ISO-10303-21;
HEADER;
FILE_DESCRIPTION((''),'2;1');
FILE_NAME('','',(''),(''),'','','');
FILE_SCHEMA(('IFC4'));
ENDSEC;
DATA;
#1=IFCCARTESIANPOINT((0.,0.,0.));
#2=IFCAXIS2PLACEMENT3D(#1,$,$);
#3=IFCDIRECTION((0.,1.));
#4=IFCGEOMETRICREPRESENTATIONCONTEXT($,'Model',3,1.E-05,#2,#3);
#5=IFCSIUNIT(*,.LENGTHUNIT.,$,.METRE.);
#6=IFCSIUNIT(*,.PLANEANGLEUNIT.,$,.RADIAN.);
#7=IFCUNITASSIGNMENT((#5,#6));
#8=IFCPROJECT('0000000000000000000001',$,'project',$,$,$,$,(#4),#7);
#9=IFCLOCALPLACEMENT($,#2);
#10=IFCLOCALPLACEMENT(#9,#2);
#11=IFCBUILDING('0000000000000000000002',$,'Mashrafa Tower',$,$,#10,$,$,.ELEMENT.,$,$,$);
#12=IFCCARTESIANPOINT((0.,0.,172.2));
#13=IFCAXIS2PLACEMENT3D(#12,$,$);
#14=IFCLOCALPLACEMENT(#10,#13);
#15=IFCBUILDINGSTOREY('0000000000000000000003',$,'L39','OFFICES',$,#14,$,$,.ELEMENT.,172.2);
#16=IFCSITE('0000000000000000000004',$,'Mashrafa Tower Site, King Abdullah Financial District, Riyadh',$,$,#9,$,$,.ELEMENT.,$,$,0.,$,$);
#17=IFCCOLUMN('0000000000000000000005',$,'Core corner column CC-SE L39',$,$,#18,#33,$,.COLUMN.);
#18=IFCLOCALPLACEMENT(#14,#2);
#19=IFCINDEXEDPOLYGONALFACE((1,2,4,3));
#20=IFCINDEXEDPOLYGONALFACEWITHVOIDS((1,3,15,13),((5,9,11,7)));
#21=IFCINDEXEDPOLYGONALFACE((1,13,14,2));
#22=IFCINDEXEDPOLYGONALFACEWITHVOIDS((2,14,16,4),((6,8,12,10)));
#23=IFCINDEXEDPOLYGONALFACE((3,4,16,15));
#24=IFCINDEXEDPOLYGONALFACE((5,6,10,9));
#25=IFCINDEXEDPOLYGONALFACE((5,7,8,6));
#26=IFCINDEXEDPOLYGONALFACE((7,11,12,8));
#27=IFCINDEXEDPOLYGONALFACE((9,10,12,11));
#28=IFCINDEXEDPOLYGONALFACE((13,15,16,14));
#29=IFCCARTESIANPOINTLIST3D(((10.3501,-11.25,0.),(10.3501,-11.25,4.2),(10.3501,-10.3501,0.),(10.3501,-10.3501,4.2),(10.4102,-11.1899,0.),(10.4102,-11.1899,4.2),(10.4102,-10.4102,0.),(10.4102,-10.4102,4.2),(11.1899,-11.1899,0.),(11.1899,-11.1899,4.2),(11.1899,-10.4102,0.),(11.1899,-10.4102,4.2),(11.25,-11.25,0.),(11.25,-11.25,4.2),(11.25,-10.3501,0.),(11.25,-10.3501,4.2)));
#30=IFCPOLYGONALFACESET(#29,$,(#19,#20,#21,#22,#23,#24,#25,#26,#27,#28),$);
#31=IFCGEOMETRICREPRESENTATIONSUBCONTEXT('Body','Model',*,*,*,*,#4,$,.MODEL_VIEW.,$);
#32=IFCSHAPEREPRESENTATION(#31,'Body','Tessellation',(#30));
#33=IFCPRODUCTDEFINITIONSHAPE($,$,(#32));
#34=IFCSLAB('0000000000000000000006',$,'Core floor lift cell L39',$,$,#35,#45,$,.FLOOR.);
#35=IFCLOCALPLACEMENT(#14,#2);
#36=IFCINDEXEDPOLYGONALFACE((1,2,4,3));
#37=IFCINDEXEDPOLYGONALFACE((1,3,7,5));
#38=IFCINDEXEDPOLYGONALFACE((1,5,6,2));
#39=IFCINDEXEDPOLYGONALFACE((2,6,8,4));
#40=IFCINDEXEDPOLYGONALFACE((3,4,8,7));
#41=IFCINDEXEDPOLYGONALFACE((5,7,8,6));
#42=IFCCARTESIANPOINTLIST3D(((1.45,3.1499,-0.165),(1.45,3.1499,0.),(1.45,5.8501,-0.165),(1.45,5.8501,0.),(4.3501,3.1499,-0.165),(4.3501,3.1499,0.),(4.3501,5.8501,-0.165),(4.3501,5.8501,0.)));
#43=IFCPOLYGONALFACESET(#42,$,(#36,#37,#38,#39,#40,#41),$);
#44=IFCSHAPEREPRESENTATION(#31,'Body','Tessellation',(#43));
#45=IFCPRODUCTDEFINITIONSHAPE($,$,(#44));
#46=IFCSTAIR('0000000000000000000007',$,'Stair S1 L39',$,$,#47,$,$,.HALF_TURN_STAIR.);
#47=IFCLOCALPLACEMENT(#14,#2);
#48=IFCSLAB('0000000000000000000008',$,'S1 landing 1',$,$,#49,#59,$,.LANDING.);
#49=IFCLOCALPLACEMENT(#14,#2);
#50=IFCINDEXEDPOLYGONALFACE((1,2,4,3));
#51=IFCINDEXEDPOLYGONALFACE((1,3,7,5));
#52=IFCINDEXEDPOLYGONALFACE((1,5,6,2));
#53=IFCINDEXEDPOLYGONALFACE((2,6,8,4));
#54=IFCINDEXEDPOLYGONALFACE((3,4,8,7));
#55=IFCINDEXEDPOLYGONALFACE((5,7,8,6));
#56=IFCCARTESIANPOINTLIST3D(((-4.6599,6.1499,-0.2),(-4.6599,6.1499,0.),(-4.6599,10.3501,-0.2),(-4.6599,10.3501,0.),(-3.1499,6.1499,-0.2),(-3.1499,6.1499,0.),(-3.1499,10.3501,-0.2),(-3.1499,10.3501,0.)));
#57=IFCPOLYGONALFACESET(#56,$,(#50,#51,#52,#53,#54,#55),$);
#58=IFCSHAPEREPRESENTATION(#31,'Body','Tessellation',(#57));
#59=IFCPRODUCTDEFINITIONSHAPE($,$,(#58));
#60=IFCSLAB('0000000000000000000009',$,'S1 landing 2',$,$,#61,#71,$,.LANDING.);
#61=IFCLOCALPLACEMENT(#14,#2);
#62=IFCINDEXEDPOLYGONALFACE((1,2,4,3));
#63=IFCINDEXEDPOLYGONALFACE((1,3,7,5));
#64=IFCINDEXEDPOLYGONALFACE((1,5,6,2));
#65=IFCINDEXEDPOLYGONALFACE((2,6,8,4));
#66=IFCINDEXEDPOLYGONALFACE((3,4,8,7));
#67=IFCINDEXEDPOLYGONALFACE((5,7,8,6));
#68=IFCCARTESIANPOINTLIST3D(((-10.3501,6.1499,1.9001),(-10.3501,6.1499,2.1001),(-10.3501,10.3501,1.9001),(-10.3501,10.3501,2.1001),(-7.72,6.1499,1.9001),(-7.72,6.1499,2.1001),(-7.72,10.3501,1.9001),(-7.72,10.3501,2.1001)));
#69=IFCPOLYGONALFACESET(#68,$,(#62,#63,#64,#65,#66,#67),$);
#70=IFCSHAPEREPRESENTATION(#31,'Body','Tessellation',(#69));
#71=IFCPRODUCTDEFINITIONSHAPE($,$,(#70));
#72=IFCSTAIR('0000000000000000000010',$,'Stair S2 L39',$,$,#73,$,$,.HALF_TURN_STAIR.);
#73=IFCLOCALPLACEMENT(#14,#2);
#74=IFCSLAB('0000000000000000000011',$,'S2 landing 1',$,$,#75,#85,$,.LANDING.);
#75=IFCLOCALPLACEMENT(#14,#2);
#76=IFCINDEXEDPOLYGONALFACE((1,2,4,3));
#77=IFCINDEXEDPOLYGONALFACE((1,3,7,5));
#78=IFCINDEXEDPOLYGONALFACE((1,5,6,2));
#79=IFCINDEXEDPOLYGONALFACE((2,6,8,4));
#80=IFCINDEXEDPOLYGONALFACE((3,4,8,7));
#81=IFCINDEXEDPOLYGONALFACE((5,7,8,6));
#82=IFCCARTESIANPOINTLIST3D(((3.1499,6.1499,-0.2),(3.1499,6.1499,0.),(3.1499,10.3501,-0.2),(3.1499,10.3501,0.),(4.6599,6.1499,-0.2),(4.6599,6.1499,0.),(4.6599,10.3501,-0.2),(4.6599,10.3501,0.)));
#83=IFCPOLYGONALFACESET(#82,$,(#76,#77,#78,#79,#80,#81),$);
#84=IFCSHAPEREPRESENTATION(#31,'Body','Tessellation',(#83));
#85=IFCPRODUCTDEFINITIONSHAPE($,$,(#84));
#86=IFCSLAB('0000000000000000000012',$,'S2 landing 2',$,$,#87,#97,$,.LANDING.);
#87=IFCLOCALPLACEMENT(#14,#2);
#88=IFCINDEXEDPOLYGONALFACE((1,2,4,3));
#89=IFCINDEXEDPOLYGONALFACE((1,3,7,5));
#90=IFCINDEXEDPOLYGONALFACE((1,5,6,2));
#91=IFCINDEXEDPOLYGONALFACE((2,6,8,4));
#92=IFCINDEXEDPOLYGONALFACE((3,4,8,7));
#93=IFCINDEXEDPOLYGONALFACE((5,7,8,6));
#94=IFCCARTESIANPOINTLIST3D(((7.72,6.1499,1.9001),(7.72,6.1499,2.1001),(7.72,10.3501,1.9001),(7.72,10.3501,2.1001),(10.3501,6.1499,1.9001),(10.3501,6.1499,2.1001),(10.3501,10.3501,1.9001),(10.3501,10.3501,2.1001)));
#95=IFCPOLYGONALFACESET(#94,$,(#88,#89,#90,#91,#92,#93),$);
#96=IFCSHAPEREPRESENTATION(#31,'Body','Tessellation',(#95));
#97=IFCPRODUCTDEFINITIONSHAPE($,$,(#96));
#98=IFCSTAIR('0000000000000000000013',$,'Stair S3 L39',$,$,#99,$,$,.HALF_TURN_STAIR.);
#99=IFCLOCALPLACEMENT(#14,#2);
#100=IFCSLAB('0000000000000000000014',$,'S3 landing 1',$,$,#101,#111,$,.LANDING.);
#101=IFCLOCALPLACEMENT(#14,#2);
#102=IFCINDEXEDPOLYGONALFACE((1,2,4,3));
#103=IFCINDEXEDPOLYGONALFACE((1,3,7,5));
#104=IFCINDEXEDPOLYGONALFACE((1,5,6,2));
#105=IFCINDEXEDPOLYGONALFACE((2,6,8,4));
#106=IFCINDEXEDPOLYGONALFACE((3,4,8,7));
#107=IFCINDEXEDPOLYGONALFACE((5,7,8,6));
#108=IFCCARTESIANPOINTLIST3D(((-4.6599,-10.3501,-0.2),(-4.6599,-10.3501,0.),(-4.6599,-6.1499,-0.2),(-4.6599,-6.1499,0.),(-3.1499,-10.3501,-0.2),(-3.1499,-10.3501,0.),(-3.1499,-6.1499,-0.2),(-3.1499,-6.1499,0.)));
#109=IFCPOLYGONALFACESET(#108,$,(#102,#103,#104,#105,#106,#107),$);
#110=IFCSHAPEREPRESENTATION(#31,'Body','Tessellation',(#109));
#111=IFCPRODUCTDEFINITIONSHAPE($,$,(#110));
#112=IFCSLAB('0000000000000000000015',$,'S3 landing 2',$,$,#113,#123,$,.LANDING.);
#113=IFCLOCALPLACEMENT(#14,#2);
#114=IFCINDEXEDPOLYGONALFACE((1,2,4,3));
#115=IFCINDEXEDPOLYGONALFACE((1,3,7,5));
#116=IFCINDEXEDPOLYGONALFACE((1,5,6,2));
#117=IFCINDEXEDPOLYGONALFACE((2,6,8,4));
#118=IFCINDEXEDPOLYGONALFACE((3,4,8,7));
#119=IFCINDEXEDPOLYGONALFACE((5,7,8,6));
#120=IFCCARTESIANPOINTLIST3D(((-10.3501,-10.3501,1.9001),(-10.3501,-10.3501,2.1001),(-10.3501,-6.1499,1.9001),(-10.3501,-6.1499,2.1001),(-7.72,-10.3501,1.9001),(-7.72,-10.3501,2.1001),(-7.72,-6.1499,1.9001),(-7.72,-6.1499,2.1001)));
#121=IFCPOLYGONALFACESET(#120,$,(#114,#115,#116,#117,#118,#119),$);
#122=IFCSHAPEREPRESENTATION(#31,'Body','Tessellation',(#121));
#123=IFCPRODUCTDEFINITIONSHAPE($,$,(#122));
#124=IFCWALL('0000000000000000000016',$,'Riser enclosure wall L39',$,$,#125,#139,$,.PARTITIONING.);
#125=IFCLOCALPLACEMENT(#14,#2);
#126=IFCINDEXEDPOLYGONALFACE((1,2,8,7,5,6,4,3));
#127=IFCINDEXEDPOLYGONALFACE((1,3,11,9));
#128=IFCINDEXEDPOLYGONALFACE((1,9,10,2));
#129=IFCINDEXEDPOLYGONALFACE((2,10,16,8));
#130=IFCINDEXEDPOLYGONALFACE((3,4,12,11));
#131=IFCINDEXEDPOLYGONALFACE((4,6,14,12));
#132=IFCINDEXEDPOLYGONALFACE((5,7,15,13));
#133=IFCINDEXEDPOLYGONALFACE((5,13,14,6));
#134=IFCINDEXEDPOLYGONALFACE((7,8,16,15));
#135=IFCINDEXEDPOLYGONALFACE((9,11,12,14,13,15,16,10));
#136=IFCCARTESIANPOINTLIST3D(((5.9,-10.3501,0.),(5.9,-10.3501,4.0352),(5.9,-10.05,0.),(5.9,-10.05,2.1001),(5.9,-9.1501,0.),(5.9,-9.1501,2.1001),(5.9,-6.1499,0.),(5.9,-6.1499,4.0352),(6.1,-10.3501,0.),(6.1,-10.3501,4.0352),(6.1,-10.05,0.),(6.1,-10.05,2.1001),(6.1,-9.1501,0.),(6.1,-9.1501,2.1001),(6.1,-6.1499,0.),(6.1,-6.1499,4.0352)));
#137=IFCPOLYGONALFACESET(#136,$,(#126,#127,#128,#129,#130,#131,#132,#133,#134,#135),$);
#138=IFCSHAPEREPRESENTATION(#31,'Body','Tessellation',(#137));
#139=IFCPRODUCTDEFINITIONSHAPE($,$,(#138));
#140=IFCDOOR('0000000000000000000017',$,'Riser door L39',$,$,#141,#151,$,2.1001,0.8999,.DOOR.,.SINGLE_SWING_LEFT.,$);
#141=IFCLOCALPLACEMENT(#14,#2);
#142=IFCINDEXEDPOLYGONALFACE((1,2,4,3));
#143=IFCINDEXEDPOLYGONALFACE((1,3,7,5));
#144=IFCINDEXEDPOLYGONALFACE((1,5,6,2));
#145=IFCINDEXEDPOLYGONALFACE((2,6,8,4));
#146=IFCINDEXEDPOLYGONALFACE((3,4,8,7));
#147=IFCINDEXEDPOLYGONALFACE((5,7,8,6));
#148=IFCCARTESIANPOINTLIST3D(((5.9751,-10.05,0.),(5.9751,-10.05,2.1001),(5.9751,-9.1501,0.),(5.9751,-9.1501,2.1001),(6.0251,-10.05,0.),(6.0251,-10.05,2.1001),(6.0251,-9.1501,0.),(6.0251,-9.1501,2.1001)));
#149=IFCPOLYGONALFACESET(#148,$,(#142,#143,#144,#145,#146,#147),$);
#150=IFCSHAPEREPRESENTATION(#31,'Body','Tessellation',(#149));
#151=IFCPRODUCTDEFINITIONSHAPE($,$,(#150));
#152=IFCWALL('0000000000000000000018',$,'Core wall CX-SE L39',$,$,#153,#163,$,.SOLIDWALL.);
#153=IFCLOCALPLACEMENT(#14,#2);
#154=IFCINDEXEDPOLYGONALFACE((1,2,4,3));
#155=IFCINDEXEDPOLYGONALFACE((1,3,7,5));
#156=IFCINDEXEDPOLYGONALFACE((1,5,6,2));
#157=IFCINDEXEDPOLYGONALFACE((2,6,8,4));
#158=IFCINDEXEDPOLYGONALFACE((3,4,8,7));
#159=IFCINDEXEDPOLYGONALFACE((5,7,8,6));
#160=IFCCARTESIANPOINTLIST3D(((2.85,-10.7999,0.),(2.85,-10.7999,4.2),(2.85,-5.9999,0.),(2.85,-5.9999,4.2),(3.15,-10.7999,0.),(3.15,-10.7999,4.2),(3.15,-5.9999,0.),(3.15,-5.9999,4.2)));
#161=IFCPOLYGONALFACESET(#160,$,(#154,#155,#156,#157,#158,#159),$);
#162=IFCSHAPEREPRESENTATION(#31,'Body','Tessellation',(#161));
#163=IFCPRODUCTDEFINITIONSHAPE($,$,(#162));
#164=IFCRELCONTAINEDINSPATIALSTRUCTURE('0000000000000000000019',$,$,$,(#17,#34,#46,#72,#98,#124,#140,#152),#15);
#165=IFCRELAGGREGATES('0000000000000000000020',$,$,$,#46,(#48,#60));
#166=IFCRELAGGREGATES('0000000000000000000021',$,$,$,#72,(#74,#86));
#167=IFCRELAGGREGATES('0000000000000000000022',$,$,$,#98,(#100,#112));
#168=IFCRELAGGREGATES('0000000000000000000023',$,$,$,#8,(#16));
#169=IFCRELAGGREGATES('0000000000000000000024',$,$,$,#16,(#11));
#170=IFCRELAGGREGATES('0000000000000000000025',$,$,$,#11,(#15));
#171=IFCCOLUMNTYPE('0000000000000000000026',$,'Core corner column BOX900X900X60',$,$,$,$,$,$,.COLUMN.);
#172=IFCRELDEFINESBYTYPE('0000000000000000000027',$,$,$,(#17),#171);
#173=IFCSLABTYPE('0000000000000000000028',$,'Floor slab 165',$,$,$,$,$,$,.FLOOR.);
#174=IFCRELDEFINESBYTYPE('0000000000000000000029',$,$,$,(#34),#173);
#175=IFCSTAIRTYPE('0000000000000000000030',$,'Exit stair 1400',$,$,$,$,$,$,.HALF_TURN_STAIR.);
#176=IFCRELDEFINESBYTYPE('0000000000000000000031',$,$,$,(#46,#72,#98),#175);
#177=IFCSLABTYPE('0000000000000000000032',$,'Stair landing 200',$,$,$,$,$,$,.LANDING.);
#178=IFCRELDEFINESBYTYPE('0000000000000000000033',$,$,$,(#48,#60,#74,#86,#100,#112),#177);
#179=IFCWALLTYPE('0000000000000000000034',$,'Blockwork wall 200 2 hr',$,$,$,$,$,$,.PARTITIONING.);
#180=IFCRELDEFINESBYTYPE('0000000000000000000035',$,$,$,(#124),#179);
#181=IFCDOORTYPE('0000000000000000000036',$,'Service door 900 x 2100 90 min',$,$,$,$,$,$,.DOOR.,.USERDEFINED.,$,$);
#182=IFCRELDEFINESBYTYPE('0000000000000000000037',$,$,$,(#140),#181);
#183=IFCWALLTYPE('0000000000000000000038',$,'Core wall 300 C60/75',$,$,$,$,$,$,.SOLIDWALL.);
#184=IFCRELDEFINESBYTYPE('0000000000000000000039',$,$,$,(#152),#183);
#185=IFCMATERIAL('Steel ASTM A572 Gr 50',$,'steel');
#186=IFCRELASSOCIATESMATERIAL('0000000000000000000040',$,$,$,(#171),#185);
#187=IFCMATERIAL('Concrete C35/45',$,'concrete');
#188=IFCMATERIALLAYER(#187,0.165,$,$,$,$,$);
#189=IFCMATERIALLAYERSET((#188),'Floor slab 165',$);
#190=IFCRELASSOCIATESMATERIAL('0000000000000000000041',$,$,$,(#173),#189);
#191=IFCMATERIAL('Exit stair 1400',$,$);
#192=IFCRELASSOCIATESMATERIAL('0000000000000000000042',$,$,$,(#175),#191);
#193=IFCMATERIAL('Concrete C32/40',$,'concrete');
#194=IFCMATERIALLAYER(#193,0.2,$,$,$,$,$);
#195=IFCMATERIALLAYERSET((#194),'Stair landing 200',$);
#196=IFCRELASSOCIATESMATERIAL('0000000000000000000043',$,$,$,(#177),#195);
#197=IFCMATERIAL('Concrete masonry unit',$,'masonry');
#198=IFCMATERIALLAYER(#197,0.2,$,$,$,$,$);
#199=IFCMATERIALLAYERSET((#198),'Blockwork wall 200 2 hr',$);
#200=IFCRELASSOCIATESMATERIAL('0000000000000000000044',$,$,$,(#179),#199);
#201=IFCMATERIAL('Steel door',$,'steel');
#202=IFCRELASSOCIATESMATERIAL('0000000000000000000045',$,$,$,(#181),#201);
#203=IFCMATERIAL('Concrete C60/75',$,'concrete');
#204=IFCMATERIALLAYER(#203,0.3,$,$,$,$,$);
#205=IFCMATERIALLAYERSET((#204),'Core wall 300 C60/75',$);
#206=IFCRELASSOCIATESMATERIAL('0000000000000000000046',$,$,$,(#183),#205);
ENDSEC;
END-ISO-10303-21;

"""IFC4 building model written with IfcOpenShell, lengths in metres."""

from ifc_helpers import new_model, si_unit, direction, frame, frame_2d, origin, origin_2d, place, context, subcontext, project, spatial, polyline, rectangle, hollow_rectangle, outline, extrude, material, layer, layer_set, material_profile, profile_set, type_object, element, fill, aggregate, save


model = new_model("IFC4")

# Units and contexts
model_context = context("Model", 3, precision=1e-05, world=origin(), true_north=direction((0.0, 1.0)))
body_context = subcontext(model_context, "Body", "Model", "MODEL_VIEW")
ifc_project = project(units=[si_unit("LENGTHUNIT", "METRE"), si_unit("PLANEANGLEUNIT", "RADIAN")], contexts=[model_context])

# Site, building, storey
site_placement = place(None, origin())
site = spatial("IfcSite", under=ifc_project, at=site_placement, Name="Mashrafa Tower Site, King Abdullah Financial District, Riyadh", CompositionType="ELEMENT", RefElevation=0.0)
building_placement = place(site_placement, origin())
building = spatial("IfcBuilding", under=site, at=building_placement, Name="Mashrafa Tower", CompositionType="ELEMENT")
storey_placement = place(building_placement, frame((0.0, 0.0, 172.2)))
storey = spatial("IfcBuildingStorey", under=building, at=storey_placement, Name="L39", Description="OFFICES", CompositionType="ELEMENT", Elevation=172.2)

# Column
ifc_material_1 = material(Name="Steel ASTM A572 Gr 50", Category="steel")
ifc_material_profile = material_profile(ifc_material_1, hollow_rectangle(XDim=0.8999, YDim=0.8999, WallThickness=0.0601, at=origin_2d()), Name="BOX900X900X60")
ifc_profile_set = profile_set([ifc_material_profile], Name="Steel ASTM A572 Gr 50")
column_type = type_object("IfcColumnType", Name="Core corner column BOX900X900X60", PredefinedType="COLUMN", material=ifc_profile_set)
column_placement = place(storey_placement, frame((10.8, -10.8, 0.0), z_axis=(0.0, 0.0, 1.0), x_axis=(1.0, 0.0, 0.0)))
element("IfcColumn", 1, at=column_placement, inside=storey, type_object=column_type, Name="Core corner column CC-SE L39", PredefinedType="COLUMN", context=body_context, shape_type="SweptSolid", body=[
    extrude(hollow_rectangle(XDim=0.8999, YDim=0.8999, WallThickness=0.0601, at=origin_2d()), origin(), (0.0, 0.0, 1.0), 4.2),
])

# Slab
ifc_material_2 = material(Name="Concrete C35/45", Category="concrete")
ifc_layer_1 = layer(ifc_material_2, 0.165)
ifc_layer_set_1 = layer_set([ifc_layer_1], Name="Floor slab 165")
slab_type_1 = type_object("IfcSlabType", Name="Floor slab 165", PredefinedType="FLOOR", material=ifc_layer_set_1)
slab_1_placement = place(storey_placement, frame((0.0, 0.0, -0.165)))
element("IfcSlab", 2, at=slab_1_placement, inside=storey, type_object=slab_type_1, Name="Core floor lift cell L39", PredefinedType="FLOOR", context=body_context, shape_type="SweptSolid", body=[
    extrude(outline(polyline([(4.3501, 5.8501), (4.3501, 3.1499), (1.45, 3.1499), (1.45, 5.8501), (4.3501, 5.8501)])), origin(), (0.0, 0.0, 1.0), 0.165),
])

# Stairs, slabs
ifc_material_3 = material(Name="Exit stair 1400")
stair_type = type_object("IfcStairType", Name="Exit stair 1400", PredefinedType="HALF_TURN_STAIR", material=ifc_material_3)
stair_1_placement = place(storey_placement, origin())
stair_1 = element("IfcStair", 3, at=stair_1_placement, inside=storey, type_object=stair_type, Name="Stair S1 L39", PredefinedType="HALF_TURN_STAIR")
ifc_material_4 = material(Name="Concrete C32/40", Category="concrete")
ifc_layer_2 = layer(ifc_material_4, 0.2)
ifc_layer_set_2 = layer_set([ifc_layer_2], Name="Stair landing 200")
slab_type_2 = type_object("IfcSlabType", Name="Stair landing 200", PredefinedType="LANDING", material=ifc_layer_set_2)
slab_2_placement = place(storey_placement, frame((0.0, 0.0, -0.2)))
slab_2 = element("IfcSlab", 4, at=slab_2_placement, type_object=slab_type_2, Name="S1 landing 1", PredefinedType="LANDING", context=body_context, shape_type="SweptSolid", body=[
    extrude(outline(polyline([(-4.6599, 6.1499), (-3.1499, 6.1499), (-3.1499, 10.3501), (-4.6599, 10.3501), (-4.6599, 6.1499)])), origin(), (0.0, 0.0, 1.0), 0.2),
])
slab_3_placement = place(storey_placement, frame((0.0, 0.0, 1.9001)))
slab_3 = element("IfcSlab", 5, at=slab_3_placement, type_object=slab_type_2, Name="S1 landing 2", PredefinedType="LANDING", context=body_context, shape_type="SweptSolid", body=[
    extrude(outline(polyline([(-10.3501, 6.1499), (-7.72, 6.1499), (-7.72, 10.3501), (-10.3501, 10.3501), (-10.3501, 6.1499)])), origin(), (0.0, 0.0, 1.0), 0.2),
])
aggregate(stair_1, [slab_2, slab_3])
stair_2_placement = place(storey_placement, origin())
stair_2 = element("IfcStair", 6, at=stair_2_placement, inside=storey, type_object=stair_type, Name="Stair S2 L39", PredefinedType="HALF_TURN_STAIR")
slab_4_placement = place(storey_placement, frame((0.0, 0.0, -0.2)))
slab_4 = element("IfcSlab", 7, at=slab_4_placement, type_object=slab_type_2, Name="S2 landing 1", PredefinedType="LANDING", context=body_context, shape_type="SweptSolid", body=[
    extrude(outline(polyline([(3.1499, 6.1499), (4.6599, 6.1499), (4.6599, 10.3501), (3.1499, 10.3501), (3.1499, 6.1499)])), origin(), (0.0, 0.0, 1.0), 0.2),
])
slab_5_placement = place(storey_placement, frame((0.0, 0.0, 1.9001)))
slab_5 = element("IfcSlab", 8, at=slab_5_placement, type_object=slab_type_2, Name="S2 landing 2", PredefinedType="LANDING", context=body_context, shape_type="SweptSolid", body=[
    extrude(outline(polyline([(7.72, 6.1499), (10.3501, 6.1499), (10.3501, 10.3501), (7.72, 10.3501), (7.72, 6.1499)])), origin(), (0.0, 0.0, 1.0), 0.2),
])
aggregate(stair_2, [slab_4, slab_5])
stair_3_placement = place(storey_placement, origin())
stair_3 = element("IfcStair", 9, at=stair_3_placement, inside=storey, type_object=stair_type, Name="Stair S3 L39", PredefinedType="HALF_TURN_STAIR")
slab_6_placement = place(storey_placement, frame((0.0, 0.0, -0.2)))
slab_6 = element("IfcSlab", 10, at=slab_6_placement, type_object=slab_type_2, Name="S3 landing 1", PredefinedType="LANDING", context=body_context, shape_type="SweptSolid", body=[
    extrude(outline(polyline([(-4.6599, -10.3501), (-3.1499, -10.3501), (-3.1499, -6.1499), (-4.6599, -6.1499), (-4.6599, -10.3501)])), origin(), (0.0, 0.0, 1.0), 0.2),
])
slab_7_placement = place(storey_placement, frame((0.0, 0.0, 1.9001)))
slab_7 = element("IfcSlab", 11, at=slab_7_placement, type_object=slab_type_2, Name="S3 landing 2", PredefinedType="LANDING", context=body_context, shape_type="SweptSolid", body=[
    extrude(outline(polyline([(-10.3501, -10.3501), (-7.72, -10.3501), (-7.72, -6.1499), (-10.3501, -6.1499), (-10.3501, -10.3501)])), origin(), (0.0, 0.0, 1.0), 0.2),
])
aggregate(stair_3, [slab_6, slab_7])

# Wall, opening, door
ifc_material_5 = material(Name="Concrete masonry unit", Category="masonry")
ifc_layer_3 = layer(ifc_material_5, 0.2)
ifc_layer_set_3 = layer_set([ifc_layer_3], Name="Blockwork wall 200 2 hr")
wall_type_1 = type_object("IfcWallType", Name="Blockwork wall 200 2 hr", PredefinedType="PARTITIONING", material=ifc_layer_set_3)
wall_1_placement = place(storey_placement, frame((6.0, -10.3501, 0.0), z_axis=(0.0, 0.0, 1.0), x_axis=(0.0, 1.0, 0.0)))
wall_1 = element("IfcWall", 12, at=wall_1_placement, inside=storey, type_object=wall_type_1, Name="Riser enclosure wall L39", PredefinedType="PARTITIONING", context=body_context, shape_type="SweptSolid", body=[
    extrude(rectangle(XDim=4.2002, YDim=0.2, at=frame_2d((2.1001, 0.0))), origin(), (0.0, 0.0, 1.0), 4.0352),
])
opening_1_placement = place(wall_1_placement, frame((0.3, 0.0, 0.0)))
opening_1 = element("IfcOpeningElement", 13, at=opening_1_placement, cuts=wall_1, PredefinedType="OPENING", context=body_context, shape_type="SweptSolid", body=[
    extrude(rectangle(XDim=0.8999, YDim=2.1001, at=frame_2d((0.45, 1.05))), frame((0.0, 0.1099, 0.0), z_axis=(0.0, -1.0, 0.0), x_axis=(1.0, 0.0, 0.0)), (0.0, 0.0, 1.0), 0.22),
])
ifc_material_6 = material(Name="Steel door", Category="steel")
door_type_1 = type_object("IfcDoorType", Name="Service door 900 x 2100 90 min", OperationType="USERDEFINED", PredefinedType="DOOR", material=ifc_material_6)
door_1_placement = place(opening_1_placement, origin())
door_1 = element("IfcDoor", 14, at=door_1_placement, inside=storey, type_object=door_type_1, Name="Riser door L39", OperationType="SINGLE_SWING_LEFT", OverallHeight=2.1001, OverallWidth=0.8999, PredefinedType="DOOR", context=body_context, shape_type="SweptSolid", body=[
    extrude(rectangle(XDim=0.8999, YDim=2.1001, at=frame_2d((0.45, 1.05))), frame((0.0, 0.0249, 0.0), z_axis=(0.0, -1.0, 0.0), x_axis=(1.0, 0.0, 0.0)), (0.0, 0.0, 1.0), 0.05),
])
fill(opening_1, door_1)

# Wall
ifc_material_7 = material(Name="Concrete C60/75", Category="concrete")
ifc_layer_4 = layer(ifc_material_7, 0.3)
ifc_layer_set_4 = layer_set([ifc_layer_4], Name="Core wall 300 C60/75")
wall_type_2 = type_object("IfcWallType", Name="Core wall 300 C60/75", PredefinedType="SOLIDWALL", material=ifc_layer_set_4)
wall_2_placement = place(storey_placement, frame((3.0, -6.0, 0.0), z_axis=(0.0, 0.0, 1.0), x_axis=(0.0, -1.0, 0.0)))
element("IfcWall", 15, at=wall_2_placement, inside=storey, type_object=wall_type_2, Name="Core wall CX-SE L39", PredefinedType="SOLIDWALL", context=body_context, shape_type="SweptSolid", body=[
    extrude(rectangle(XDim=4.8, YDim=0.3, at=frame_2d((2.3999, 0.0))), origin(), (0.0, 0.0, 1.0), 4.2),
])

save(model, "model.ifc")
